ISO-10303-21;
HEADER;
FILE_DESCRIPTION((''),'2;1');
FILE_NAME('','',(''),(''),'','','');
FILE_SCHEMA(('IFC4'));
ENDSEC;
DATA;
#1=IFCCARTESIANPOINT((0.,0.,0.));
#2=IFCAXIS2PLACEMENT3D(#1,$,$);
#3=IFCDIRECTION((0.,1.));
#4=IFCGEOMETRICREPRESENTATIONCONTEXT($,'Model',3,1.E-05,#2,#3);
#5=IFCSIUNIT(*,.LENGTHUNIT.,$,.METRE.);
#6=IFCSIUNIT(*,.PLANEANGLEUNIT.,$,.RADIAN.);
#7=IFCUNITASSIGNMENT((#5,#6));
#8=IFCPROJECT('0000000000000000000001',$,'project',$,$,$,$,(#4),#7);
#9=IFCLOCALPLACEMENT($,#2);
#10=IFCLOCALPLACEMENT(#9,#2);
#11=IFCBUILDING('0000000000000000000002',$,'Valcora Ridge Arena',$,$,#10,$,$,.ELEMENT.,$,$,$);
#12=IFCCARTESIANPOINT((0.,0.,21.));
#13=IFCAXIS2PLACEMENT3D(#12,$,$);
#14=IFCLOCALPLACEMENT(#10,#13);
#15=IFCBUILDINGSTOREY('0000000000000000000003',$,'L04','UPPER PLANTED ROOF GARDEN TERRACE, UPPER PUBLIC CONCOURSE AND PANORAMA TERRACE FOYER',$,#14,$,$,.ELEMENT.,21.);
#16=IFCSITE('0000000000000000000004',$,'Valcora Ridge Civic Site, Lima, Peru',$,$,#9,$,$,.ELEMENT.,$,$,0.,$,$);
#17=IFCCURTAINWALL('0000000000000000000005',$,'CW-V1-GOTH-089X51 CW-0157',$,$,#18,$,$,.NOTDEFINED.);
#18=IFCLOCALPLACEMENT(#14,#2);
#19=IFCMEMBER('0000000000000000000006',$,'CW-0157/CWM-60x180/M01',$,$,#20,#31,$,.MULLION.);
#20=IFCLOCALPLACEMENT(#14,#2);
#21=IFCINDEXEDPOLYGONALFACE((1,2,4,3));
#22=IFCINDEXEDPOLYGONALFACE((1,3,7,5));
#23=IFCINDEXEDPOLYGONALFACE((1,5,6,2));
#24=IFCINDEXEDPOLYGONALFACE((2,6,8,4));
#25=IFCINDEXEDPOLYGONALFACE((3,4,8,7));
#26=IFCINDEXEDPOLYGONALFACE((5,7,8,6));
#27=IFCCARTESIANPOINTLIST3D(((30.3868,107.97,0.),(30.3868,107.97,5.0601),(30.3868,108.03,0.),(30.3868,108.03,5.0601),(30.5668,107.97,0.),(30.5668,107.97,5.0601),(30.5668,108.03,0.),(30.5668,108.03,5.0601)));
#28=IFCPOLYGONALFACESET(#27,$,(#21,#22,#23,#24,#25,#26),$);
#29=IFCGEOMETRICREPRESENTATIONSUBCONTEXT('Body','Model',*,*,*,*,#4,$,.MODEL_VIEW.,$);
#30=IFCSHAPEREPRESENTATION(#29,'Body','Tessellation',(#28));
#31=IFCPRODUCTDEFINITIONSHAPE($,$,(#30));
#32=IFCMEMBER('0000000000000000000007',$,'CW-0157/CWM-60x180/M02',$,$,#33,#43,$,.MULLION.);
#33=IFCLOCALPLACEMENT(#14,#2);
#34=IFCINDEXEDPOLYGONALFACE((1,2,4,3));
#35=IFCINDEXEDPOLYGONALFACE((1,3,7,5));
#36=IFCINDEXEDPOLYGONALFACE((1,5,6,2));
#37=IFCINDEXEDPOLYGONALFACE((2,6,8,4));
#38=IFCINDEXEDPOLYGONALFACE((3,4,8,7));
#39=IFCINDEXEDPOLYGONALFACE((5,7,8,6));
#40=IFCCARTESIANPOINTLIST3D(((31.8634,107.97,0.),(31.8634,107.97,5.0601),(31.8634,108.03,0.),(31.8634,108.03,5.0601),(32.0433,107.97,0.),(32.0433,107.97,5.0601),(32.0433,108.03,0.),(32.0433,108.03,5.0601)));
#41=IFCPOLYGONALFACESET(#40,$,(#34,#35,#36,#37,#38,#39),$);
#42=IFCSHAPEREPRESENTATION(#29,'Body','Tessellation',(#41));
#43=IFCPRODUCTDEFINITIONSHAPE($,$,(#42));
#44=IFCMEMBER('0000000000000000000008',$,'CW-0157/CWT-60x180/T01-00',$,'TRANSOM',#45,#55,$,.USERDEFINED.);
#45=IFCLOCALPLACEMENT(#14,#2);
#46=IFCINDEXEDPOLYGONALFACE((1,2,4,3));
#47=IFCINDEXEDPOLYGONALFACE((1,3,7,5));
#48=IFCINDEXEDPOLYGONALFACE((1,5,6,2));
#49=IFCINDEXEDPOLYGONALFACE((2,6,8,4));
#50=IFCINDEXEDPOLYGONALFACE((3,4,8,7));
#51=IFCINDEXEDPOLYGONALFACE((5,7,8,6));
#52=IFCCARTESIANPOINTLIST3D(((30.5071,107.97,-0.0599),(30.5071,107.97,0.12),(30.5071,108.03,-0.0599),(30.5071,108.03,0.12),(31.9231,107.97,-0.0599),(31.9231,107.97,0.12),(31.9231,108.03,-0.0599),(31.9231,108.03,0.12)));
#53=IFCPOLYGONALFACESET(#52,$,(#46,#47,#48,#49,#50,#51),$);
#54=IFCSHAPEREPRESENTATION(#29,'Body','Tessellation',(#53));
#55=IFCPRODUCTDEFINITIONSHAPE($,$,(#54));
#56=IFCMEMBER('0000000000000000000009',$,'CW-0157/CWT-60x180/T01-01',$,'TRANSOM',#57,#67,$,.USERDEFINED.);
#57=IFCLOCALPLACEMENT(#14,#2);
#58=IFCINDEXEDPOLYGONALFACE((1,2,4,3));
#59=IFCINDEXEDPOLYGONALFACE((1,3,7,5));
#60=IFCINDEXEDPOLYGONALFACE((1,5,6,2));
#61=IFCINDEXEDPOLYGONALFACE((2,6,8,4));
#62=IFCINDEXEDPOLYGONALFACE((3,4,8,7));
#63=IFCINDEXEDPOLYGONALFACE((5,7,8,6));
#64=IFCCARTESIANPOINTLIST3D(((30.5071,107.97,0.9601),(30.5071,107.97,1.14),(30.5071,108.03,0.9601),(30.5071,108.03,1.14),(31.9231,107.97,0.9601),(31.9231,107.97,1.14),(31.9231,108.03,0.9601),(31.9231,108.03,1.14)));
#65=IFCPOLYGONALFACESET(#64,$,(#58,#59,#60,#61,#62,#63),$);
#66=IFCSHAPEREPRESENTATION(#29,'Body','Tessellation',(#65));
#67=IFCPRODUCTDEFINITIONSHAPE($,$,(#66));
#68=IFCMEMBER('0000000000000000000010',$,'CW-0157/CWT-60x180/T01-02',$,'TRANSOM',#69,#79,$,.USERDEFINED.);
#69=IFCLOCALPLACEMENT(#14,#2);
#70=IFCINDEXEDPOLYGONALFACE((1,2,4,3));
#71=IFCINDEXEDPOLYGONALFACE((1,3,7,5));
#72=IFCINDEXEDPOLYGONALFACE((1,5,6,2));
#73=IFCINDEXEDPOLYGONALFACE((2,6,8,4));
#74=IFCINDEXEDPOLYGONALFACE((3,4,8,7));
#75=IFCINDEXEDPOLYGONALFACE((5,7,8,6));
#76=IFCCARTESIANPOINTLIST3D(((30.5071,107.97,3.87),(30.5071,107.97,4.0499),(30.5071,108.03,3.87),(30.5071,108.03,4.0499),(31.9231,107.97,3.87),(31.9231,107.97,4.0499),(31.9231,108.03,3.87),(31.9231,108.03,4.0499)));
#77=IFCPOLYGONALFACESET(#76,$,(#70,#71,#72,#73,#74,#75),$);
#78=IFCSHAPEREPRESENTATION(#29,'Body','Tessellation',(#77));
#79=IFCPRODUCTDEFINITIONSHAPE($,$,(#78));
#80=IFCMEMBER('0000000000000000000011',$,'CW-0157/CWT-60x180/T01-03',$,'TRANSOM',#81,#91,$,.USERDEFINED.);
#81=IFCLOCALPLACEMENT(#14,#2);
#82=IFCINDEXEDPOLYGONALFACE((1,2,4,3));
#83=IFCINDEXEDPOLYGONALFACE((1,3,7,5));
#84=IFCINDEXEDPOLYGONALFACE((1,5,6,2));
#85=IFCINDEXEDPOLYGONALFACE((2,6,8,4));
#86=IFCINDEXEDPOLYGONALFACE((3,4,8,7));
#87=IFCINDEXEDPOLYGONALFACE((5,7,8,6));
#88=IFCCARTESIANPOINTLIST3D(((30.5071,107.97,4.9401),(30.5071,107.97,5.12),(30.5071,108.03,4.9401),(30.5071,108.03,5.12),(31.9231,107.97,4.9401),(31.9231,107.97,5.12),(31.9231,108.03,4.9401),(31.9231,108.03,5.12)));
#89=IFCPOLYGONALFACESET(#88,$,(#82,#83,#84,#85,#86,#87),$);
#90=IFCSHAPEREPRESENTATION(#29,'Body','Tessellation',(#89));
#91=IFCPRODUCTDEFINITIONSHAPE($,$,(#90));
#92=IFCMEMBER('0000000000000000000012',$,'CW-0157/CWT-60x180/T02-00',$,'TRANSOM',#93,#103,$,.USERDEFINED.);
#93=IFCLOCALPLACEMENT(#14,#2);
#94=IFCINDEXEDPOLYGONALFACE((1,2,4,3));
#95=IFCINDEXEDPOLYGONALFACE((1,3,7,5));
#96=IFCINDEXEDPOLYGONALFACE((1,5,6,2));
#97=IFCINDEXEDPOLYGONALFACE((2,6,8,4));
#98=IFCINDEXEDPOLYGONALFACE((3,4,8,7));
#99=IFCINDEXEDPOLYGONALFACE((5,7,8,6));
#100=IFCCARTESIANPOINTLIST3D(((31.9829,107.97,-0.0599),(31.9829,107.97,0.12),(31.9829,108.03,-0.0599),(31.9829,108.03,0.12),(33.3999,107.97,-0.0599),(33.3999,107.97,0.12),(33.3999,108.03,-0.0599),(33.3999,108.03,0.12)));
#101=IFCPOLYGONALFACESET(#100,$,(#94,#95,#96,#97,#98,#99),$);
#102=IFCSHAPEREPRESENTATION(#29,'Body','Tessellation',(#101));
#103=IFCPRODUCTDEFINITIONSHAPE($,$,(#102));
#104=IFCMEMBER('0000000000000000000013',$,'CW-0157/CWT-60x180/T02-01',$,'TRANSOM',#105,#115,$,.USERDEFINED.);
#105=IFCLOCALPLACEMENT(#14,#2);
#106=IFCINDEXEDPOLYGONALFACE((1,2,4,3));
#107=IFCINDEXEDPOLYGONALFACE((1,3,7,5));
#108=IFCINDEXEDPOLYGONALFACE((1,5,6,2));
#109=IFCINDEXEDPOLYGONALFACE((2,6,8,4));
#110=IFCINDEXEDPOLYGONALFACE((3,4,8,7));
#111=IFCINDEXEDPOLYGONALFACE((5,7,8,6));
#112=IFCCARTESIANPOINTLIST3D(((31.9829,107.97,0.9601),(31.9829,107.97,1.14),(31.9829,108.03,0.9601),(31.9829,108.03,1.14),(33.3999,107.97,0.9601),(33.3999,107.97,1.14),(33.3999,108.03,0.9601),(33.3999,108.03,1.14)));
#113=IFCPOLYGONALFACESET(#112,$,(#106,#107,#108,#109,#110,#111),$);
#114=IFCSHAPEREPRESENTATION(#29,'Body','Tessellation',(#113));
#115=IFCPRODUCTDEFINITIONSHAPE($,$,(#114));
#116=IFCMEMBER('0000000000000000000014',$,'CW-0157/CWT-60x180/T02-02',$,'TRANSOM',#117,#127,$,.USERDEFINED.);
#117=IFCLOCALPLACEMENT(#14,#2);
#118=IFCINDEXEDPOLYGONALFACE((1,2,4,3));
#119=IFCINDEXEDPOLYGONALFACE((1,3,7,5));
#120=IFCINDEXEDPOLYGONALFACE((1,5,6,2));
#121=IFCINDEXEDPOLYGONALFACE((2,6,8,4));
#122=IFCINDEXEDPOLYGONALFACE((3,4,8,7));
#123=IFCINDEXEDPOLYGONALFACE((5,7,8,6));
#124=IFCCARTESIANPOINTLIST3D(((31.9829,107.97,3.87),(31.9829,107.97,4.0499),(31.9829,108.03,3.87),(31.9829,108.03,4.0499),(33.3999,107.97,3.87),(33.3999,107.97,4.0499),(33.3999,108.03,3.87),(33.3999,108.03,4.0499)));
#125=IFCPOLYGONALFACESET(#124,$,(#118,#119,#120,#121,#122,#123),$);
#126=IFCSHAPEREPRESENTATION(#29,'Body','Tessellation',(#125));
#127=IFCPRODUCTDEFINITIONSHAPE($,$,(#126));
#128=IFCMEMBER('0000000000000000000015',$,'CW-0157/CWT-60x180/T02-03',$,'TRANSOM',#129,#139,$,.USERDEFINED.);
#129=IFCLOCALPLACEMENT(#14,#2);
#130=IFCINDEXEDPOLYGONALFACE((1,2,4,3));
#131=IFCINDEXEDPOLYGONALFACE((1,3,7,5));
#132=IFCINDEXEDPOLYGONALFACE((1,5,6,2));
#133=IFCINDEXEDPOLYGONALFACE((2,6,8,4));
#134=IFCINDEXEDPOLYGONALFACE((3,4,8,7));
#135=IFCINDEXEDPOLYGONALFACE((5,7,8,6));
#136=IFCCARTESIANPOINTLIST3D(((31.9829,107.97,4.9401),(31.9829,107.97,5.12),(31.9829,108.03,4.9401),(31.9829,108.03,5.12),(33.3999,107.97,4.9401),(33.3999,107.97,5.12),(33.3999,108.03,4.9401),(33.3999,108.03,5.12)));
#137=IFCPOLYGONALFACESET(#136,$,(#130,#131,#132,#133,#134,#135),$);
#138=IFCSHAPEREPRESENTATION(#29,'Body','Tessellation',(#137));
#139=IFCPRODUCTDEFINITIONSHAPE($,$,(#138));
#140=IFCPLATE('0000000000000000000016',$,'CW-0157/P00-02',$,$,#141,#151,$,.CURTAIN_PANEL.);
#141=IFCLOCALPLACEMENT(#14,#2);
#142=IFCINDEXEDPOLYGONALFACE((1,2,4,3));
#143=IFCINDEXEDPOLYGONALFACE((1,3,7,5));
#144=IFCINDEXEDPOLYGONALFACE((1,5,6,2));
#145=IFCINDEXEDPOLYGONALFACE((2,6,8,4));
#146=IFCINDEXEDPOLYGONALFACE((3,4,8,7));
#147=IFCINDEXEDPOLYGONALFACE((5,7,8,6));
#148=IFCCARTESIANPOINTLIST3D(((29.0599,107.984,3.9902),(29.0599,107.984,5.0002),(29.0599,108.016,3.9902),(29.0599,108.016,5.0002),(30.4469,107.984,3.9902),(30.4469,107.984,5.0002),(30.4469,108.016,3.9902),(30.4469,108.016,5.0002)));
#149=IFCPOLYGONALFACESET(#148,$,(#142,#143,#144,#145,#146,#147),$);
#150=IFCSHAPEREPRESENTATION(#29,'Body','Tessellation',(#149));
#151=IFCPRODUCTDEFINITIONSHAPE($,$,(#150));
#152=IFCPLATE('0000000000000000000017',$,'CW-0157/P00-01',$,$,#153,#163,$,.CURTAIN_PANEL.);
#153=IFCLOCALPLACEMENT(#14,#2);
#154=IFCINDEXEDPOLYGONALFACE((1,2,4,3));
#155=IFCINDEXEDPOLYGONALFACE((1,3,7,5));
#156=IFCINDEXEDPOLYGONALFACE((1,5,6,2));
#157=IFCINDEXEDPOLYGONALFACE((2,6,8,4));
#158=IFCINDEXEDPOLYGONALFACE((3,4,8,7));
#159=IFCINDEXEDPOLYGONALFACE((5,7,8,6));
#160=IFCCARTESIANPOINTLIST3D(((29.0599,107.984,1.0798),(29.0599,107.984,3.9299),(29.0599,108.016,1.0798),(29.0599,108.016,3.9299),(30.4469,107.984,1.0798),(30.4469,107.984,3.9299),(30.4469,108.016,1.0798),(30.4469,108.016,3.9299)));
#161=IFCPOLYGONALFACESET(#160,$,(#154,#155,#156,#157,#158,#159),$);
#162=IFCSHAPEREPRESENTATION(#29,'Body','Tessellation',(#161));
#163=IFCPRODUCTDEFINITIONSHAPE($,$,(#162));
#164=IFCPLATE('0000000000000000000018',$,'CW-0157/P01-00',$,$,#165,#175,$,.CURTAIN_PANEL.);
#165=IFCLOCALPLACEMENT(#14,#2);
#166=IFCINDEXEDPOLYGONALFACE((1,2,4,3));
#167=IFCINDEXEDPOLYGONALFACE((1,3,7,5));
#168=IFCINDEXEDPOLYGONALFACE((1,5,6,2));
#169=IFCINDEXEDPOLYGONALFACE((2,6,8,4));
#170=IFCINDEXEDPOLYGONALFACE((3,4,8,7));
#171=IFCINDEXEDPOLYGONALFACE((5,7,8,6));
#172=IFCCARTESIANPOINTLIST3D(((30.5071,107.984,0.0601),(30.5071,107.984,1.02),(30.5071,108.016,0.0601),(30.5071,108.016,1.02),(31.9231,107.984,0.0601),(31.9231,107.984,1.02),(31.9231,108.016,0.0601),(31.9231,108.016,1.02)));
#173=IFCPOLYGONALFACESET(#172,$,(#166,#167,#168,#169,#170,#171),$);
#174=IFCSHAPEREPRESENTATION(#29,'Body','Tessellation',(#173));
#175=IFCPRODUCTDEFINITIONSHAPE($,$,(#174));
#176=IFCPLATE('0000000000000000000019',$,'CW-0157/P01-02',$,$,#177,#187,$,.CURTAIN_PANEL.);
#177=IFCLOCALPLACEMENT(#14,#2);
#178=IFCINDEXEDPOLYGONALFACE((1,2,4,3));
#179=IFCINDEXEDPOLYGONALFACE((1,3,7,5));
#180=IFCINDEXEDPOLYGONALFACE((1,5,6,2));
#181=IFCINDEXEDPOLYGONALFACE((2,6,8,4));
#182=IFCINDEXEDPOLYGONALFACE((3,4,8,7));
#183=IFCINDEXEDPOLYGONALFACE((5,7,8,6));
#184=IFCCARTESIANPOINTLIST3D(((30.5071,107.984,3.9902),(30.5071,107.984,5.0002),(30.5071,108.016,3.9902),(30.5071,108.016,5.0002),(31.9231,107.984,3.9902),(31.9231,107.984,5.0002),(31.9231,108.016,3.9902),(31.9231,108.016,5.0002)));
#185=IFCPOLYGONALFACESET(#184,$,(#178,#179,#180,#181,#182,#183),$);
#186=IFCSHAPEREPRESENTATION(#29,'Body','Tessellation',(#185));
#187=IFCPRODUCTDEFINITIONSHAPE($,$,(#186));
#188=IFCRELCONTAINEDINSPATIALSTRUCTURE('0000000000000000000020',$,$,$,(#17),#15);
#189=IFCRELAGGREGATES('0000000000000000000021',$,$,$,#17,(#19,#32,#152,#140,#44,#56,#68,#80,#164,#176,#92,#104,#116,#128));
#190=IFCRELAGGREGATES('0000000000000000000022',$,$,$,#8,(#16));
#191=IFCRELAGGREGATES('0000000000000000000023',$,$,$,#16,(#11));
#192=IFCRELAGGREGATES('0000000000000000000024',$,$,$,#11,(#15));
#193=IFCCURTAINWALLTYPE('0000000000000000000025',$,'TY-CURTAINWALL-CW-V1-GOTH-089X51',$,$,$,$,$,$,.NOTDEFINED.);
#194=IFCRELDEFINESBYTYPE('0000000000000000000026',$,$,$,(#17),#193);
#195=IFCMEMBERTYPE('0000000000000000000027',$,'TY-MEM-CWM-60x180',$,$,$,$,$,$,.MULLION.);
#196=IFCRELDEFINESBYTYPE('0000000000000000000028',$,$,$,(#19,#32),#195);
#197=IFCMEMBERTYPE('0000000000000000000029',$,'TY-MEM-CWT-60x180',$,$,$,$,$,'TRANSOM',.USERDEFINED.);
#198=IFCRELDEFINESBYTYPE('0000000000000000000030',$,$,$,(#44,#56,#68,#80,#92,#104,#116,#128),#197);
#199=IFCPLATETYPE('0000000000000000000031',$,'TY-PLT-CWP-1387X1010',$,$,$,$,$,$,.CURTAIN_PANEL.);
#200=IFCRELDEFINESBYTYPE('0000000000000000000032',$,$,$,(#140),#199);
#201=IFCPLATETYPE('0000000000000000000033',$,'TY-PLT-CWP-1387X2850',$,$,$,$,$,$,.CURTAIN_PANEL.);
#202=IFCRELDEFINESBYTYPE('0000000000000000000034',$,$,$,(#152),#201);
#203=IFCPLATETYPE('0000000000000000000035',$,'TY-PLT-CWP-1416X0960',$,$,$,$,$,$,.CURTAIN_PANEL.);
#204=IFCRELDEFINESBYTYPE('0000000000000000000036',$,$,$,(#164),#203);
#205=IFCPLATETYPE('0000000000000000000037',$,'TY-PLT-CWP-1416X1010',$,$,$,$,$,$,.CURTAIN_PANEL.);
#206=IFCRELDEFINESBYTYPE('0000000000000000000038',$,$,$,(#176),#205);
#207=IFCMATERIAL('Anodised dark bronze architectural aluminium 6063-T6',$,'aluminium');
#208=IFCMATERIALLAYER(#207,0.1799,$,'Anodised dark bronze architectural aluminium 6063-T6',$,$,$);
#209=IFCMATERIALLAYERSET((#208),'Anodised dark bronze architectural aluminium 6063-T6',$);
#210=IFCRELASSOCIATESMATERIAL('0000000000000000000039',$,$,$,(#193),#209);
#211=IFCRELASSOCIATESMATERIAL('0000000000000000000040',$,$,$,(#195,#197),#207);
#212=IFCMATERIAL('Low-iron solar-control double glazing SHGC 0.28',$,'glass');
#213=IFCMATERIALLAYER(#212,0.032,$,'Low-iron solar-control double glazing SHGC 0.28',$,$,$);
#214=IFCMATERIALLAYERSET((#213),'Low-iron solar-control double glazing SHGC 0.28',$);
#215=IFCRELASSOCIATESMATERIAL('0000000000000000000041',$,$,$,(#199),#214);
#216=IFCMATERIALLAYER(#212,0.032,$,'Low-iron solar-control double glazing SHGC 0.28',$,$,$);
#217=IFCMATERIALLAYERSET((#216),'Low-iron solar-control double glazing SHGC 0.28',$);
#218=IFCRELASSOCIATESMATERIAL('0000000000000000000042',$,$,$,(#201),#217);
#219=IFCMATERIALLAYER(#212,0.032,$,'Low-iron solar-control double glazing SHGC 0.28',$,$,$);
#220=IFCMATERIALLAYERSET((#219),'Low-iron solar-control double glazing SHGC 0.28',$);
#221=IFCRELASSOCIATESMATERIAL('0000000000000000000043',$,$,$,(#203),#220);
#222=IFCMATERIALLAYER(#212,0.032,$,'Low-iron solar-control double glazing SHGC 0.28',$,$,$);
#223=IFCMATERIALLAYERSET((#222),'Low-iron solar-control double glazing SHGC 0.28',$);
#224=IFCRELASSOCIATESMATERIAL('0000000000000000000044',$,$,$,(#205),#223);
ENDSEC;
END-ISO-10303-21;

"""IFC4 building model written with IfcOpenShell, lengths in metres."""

from ifc_helpers import new_model, si_unit, direction, frame, origin, origin_2d, place, context, subcontext, project, spatial, rectangle, extrude, material, layer, layer_set, material_profile, profile_set, type_object, element, aggregate, save


model = new_model("IFC4")

# Units and contexts
model_context = context("Model", 3, precision=1e-05, world=origin(), true_north=direction((0.0, 1.0)))
body_context = subcontext(model_context, "Body", "Model", "MODEL_VIEW")
ifc_project = project(units=[si_unit("LENGTHUNIT", "METRE"), si_unit("PLANEANGLEUNIT", "RADIAN")], contexts=[model_context])

# Site, building, storey
site_placement = place(None, origin())
site = spatial("IfcSite", under=ifc_project, at=site_placement, Name="Valcora Ridge Civic Site, Lima, Peru", CompositionType="ELEMENT", RefElevation=0.0)
building_placement = place(site_placement, origin())
building = spatial("IfcBuilding", under=site, at=building_placement, Name="Valcora Ridge Arena", CompositionType="ELEMENT")
storey_placement = place(building_placement, frame((0.0, 0.0, 21.0)))
storey = spatial("IfcBuildingStorey", under=building, at=storey_placement, Name="L04", Description="UPPER PLANTED ROOF GARDEN TERRACE, UPPER PUBLIC CONCOURSE AND PANORAMA TERRACE FOYER", CompositionType="ELEMENT", Elevation=21.0)

# Curtain wall, members, plates
ifc_material_1 = material(Name="Anodised dark bronze architectural aluminium 6063-T6", Category="aluminium")
ifc_layer_1 = layer(ifc_material_1, 0.1799, Name="Anodised dark bronze architectural aluminium 6063-T6")
ifc_layer_set_1 = layer_set([ifc_layer_1], Name="Anodised dark bronze architectural aluminium 6063-T6")
curtain_wall_type = type_object("IfcCurtainWallType", Name="TY-CURTAINWALL-CW-V1-GOTH-089X51", PredefinedType="NOTDEFINED", material=ifc_layer_set_1)
curtain_wall_placement = place(storey_placement, origin())
curtain_wall = element("IfcCurtainWall", 1, at=curtain_wall_placement, inside=storey, type_object=curtain_wall_type, Name="CW-V1-GOTH-089X51 CW-0157", PredefinedType="NOTDEFINED")
ifc_material_profile_1 = material_profile(ifc_material_1, rectangle(XDim=0.0601, YDim=0.1799, at=origin_2d()), Name="ALU MULLION 60x180")
ifc_profile_set_1 = profile_set([ifc_material_profile_1], Name="Anodised dark bronze architectural aluminium 6063-T6")
member_type_1 = type_object("IfcMemberType", Name="TY-MEM-CWM-60x180", PredefinedType="MULLION", material=ifc_profile_set_1)
member_1_placement = place(storey_placement, frame((30.4768, 108.0, 0.0), z_axis=(0.0, 0.0, 1.0), x_axis=(0.0, 1.0, 0.0)))
member_1 = element("IfcMember", 2, at=member_1_placement, type_object=member_type_1, Name="CW-0157/CWM-60x180/M01", PredefinedType="MULLION", context=body_context, shape_type="SweptSolid", body=[
    extrude(rectangle(XDim=0.0601, YDim=0.1799, at=origin_2d()), origin(), (0.0, 0.0, 1.0), 5.0601),
])
member_2_placement = place(storey_placement, frame((31.9534, 108.0, 0.0), z_axis=(0.0, 0.0, 1.0), x_axis=(0.0, 1.0, 0.0)))
member_2 = element("IfcMember", 3, at=member_2_placement, type_object=member_type_1, Name="CW-0157/CWM-60x180/M02", PredefinedType="MULLION", context=body_context, shape_type="SweptSolid", body=[
    extrude(rectangle(XDim=0.0601, YDim=0.1799, at=origin_2d()), origin(), (0.0, 0.0, 1.0), 5.0601),
])
ifc_material_profile_2 = material_profile(ifc_material_1, rectangle(XDim=0.0601, YDim=0.1799, at=origin_2d()), Name="ALU TRANSOM 60x180")
ifc_profile_set_2 = profile_set([ifc_material_profile_2], Name="Anodised dark bronze architectural aluminium 6063-T6")
member_type_2 = type_object("IfcMemberType", Name="TY-MEM-CWT-60x180", ElementType="TRANSOM", PredefinedType="USERDEFINED", material=ifc_profile_set_2)
member_3_placement = place(storey_placement, frame((30.5071, 108.0, 0.03), z_axis=(1.0, 0.0, 0.0), x_axis=(0.0, 1.0, 0.0)))
member_3 = element("IfcMember", 4, at=member_3_placement, type_object=member_type_2, Name="CW-0157/CWT-60x180/T01-00", ObjectType="TRANSOM", PredefinedType="USERDEFINED", context=body_context, shape_type="SweptSolid", body=[
    extrude(rectangle(XDim=0.0601, YDim=0.1799, at=origin_2d()), origin(), (0.0, 0.0, 1.0), 1.416),
])
member_4_placement = place(storey_placement, frame((30.5071, 108.0, 1.05), z_axis=(1.0, 0.0, 0.0), x_axis=(0.0, 1.0, 0.0)))
member_4 = element("IfcMember", 5, at=member_4_placement, type_object=member_type_2, Name="CW-0157/CWT-60x180/T01-01", ObjectType="TRANSOM", PredefinedType="USERDEFINED", context=body_context, shape_type="SweptSolid", body=[
    extrude(rectangle(XDim=0.0601, YDim=0.1799, at=origin_2d()), origin(), (0.0, 0.0, 1.0), 1.416),
])
member_5_placement = place(storey_placement, frame((30.5071, 108.0, 3.96), z_axis=(1.0, 0.0, 0.0), x_axis=(0.0, 1.0, 0.0)))
member_5 = element("IfcMember", 6, at=member_5_placement, type_object=member_type_2, Name="CW-0157/CWT-60x180/T01-02", ObjectType="TRANSOM", PredefinedType="USERDEFINED", context=body_context, shape_type="SweptSolid", body=[
    extrude(rectangle(XDim=0.0601, YDim=0.1799, at=origin_2d()), origin(), (0.0, 0.0, 1.0), 1.416),
])
member_6_placement = place(storey_placement, frame((30.5071, 108.0, 5.03), z_axis=(1.0, 0.0, 0.0), x_axis=(0.0, 1.0, 0.0)))
member_6 = element("IfcMember", 7, at=member_6_placement, type_object=member_type_2, Name="CW-0157/CWT-60x180/T01-03", ObjectType="TRANSOM", PredefinedType="USERDEFINED", context=body_context, shape_type="SweptSolid", body=[
    extrude(rectangle(XDim=0.0601, YDim=0.1799, at=origin_2d()), origin(), (0.0, 0.0, 1.0), 1.416),
])
member_7_placement = place(storey_placement, frame((31.9829, 108.0, 0.03), z_axis=(1.0, 0.0, 0.0), x_axis=(0.0, 1.0, 0.0)))
member_7 = element("IfcMember", 8, at=member_7_placement, type_object=member_type_2, Name="CW-0157/CWT-60x180/T02-00", ObjectType="TRANSOM", PredefinedType="USERDEFINED", context=body_context, shape_type="SweptSolid", body=[
    extrude(rectangle(XDim=0.0601, YDim=0.1799, at=origin_2d()), origin(), (0.0, 0.0, 1.0), 1.417),
])
member_8_placement = place(storey_placement, frame((31.9829, 108.0, 1.05), z_axis=(1.0, 0.0, 0.0), x_axis=(0.0, 1.0, 0.0)))
member_8 = element("IfcMember", 9, at=member_8_placement, type_object=member_type_2, Name="CW-0157/CWT-60x180/T02-01", ObjectType="TRANSOM", PredefinedType="USERDEFINED", context=body_context, shape_type="SweptSolid", body=[
    extrude(rectangle(XDim=0.0601, YDim=0.1799, at=origin_2d()), origin(), (0.0, 0.0, 1.0), 1.417),
])
member_9_placement = place(storey_placement, frame((31.9829, 108.0, 3.96), z_axis=(1.0, 0.0, 0.0), x_axis=(0.0, 1.0, 0.0)))
member_9 = element("IfcMember", 10, at=member_9_placement, type_object=member_type_2, Name="CW-0157/CWT-60x180/T02-02", ObjectType="TRANSOM", PredefinedType="USERDEFINED", context=body_context, shape_type="SweptSolid", body=[
    extrude(rectangle(XDim=0.0601, YDim=0.1799, at=origin_2d()), origin(), (0.0, 0.0, 1.0), 1.417),
])
member_10_placement = place(storey_placement, frame((31.9829, 108.0, 5.03), z_axis=(1.0, 0.0, 0.0), x_axis=(0.0, 1.0, 0.0)))
member_10 = element("IfcMember", 11, at=member_10_placement, type_object=member_type_2, Name="CW-0157/CWT-60x180/T02-03", ObjectType="TRANSOM", PredefinedType="USERDEFINED", context=body_context, shape_type="SweptSolid", body=[
    extrude(rectangle(XDim=0.0601, YDim=0.1799, at=origin_2d()), origin(), (0.0, 0.0, 1.0), 1.417),
])
ifc_material_2 = material(Name="Low-iron solar-control double glazing SHGC 0.28", Category="glass")
ifc_layer_2 = layer(ifc_material_2, 0.032, Name="Low-iron solar-control double glazing SHGC 0.28")
ifc_layer_set_2 = layer_set([ifc_layer_2], Name="Low-iron solar-control double glazing SHGC 0.28")
plate_type_1 = type_object("IfcPlateType", Name="TY-PLT-CWP-1387X1010", PredefinedType="CURTAIN_PANEL", material=ifc_layer_set_2)
plate_1_placement = place(storey_placement, frame((29.7534, 108.0, 3.9902), z_axis=(0.0, 0.0, 1.0), x_axis=(1.0, 0.0, 0.0)))
plate_1 = element("IfcPlate", 12, at=plate_1_placement, type_object=plate_type_1, Name="CW-0157/P00-02", PredefinedType="CURTAIN_PANEL", context=body_context, shape_type="SweptSolid", body=[
    extrude(rectangle(XDim=1.387, YDim=0.032, at=origin_2d()), origin(), (0.0, 0.0, 1.0), 1.01),
])
ifc_layer_3 = layer(ifc_material_2, 0.032, Name="Low-iron solar-control double glazing SHGC 0.28")
ifc_layer_set_3 = layer_set([ifc_layer_3], Name="Low-iron solar-control double glazing SHGC 0.28")
plate_type_2 = type_object("IfcPlateType", Name="TY-PLT-CWP-1387X2850", PredefinedType="CURTAIN_PANEL", material=ifc_layer_set_3)
plate_2_placement = place(storey_placement, frame((29.7534, 108.0, 1.0798), z_axis=(0.0, 0.0, 1.0), x_axis=(1.0, 0.0, 0.0)))
plate_2 = element("IfcPlate", 13, at=plate_2_placement, type_object=plate_type_2, Name="CW-0157/P00-01", PredefinedType="CURTAIN_PANEL", context=body_context, shape_type="SweptSolid", body=[
    extrude(rectangle(XDim=1.387, YDim=0.032, at=origin_2d()), origin(), (0.0, 0.0, 1.0), 2.8501),
])
ifc_layer_4 = layer(ifc_material_2, 0.032, Name="Low-iron solar-control double glazing SHGC 0.28")
ifc_layer_set_4 = layer_set([ifc_layer_4], Name="Low-iron solar-control double glazing SHGC 0.28")
plate_type_3 = type_object("IfcPlateType", Name="TY-PLT-CWP-1416X0960", PredefinedType="CURTAIN_PANEL", material=ifc_layer_set_4)
plate_3_placement = place(storey_placement, frame((31.2151, 108.0, 0.0601), z_axis=(0.0, 0.0, 1.0), x_axis=(1.0, 0.0, 0.0)))
plate_3 = element("IfcPlate", 14, at=plate_3_placement, type_object=plate_type_3, Name="CW-0157/P01-00", PredefinedType="CURTAIN_PANEL", context=body_context, shape_type="SweptSolid", body=[
    extrude(rectangle(XDim=1.416, YDim=0.032, at=origin_2d()), origin(), (0.0, 0.0, 1.0), 0.96),
])
ifc_layer_5 = layer(ifc_material_2, 0.032, Name="Low-iron solar-control double glazing SHGC 0.28")
ifc_layer_set_5 = layer_set([ifc_layer_5], Name="Low-iron solar-control double glazing SHGC 0.28")
plate_type_4 = type_object("IfcPlateType", Name="TY-PLT-CWP-1416X1010", PredefinedType="CURTAIN_PANEL", material=ifc_layer_set_5)
plate_4_placement = place(storey_placement, frame((31.2151, 108.0, 3.9902), z_axis=(0.0, 0.0, 1.0), x_axis=(1.0, 0.0, 0.0)))
plate_4 = element("IfcPlate", 15, at=plate_4_placement, type_object=plate_type_4, Name="CW-0157/P01-02", PredefinedType="CURTAIN_PANEL", context=body_context, shape_type="SweptSolid", body=[
    extrude(rectangle(XDim=1.416, YDim=0.032, at=origin_2d()), origin(), (0.0, 0.0, 1.0), 1.01),
])
aggregate(curtain_wall, [member_1, member_2, plate_2, plate_1, member_3, member_4, member_5, member_6, plate_3, plate_4, member_7, member_8, member_9, member_10])

save(model, "model.ifc")
